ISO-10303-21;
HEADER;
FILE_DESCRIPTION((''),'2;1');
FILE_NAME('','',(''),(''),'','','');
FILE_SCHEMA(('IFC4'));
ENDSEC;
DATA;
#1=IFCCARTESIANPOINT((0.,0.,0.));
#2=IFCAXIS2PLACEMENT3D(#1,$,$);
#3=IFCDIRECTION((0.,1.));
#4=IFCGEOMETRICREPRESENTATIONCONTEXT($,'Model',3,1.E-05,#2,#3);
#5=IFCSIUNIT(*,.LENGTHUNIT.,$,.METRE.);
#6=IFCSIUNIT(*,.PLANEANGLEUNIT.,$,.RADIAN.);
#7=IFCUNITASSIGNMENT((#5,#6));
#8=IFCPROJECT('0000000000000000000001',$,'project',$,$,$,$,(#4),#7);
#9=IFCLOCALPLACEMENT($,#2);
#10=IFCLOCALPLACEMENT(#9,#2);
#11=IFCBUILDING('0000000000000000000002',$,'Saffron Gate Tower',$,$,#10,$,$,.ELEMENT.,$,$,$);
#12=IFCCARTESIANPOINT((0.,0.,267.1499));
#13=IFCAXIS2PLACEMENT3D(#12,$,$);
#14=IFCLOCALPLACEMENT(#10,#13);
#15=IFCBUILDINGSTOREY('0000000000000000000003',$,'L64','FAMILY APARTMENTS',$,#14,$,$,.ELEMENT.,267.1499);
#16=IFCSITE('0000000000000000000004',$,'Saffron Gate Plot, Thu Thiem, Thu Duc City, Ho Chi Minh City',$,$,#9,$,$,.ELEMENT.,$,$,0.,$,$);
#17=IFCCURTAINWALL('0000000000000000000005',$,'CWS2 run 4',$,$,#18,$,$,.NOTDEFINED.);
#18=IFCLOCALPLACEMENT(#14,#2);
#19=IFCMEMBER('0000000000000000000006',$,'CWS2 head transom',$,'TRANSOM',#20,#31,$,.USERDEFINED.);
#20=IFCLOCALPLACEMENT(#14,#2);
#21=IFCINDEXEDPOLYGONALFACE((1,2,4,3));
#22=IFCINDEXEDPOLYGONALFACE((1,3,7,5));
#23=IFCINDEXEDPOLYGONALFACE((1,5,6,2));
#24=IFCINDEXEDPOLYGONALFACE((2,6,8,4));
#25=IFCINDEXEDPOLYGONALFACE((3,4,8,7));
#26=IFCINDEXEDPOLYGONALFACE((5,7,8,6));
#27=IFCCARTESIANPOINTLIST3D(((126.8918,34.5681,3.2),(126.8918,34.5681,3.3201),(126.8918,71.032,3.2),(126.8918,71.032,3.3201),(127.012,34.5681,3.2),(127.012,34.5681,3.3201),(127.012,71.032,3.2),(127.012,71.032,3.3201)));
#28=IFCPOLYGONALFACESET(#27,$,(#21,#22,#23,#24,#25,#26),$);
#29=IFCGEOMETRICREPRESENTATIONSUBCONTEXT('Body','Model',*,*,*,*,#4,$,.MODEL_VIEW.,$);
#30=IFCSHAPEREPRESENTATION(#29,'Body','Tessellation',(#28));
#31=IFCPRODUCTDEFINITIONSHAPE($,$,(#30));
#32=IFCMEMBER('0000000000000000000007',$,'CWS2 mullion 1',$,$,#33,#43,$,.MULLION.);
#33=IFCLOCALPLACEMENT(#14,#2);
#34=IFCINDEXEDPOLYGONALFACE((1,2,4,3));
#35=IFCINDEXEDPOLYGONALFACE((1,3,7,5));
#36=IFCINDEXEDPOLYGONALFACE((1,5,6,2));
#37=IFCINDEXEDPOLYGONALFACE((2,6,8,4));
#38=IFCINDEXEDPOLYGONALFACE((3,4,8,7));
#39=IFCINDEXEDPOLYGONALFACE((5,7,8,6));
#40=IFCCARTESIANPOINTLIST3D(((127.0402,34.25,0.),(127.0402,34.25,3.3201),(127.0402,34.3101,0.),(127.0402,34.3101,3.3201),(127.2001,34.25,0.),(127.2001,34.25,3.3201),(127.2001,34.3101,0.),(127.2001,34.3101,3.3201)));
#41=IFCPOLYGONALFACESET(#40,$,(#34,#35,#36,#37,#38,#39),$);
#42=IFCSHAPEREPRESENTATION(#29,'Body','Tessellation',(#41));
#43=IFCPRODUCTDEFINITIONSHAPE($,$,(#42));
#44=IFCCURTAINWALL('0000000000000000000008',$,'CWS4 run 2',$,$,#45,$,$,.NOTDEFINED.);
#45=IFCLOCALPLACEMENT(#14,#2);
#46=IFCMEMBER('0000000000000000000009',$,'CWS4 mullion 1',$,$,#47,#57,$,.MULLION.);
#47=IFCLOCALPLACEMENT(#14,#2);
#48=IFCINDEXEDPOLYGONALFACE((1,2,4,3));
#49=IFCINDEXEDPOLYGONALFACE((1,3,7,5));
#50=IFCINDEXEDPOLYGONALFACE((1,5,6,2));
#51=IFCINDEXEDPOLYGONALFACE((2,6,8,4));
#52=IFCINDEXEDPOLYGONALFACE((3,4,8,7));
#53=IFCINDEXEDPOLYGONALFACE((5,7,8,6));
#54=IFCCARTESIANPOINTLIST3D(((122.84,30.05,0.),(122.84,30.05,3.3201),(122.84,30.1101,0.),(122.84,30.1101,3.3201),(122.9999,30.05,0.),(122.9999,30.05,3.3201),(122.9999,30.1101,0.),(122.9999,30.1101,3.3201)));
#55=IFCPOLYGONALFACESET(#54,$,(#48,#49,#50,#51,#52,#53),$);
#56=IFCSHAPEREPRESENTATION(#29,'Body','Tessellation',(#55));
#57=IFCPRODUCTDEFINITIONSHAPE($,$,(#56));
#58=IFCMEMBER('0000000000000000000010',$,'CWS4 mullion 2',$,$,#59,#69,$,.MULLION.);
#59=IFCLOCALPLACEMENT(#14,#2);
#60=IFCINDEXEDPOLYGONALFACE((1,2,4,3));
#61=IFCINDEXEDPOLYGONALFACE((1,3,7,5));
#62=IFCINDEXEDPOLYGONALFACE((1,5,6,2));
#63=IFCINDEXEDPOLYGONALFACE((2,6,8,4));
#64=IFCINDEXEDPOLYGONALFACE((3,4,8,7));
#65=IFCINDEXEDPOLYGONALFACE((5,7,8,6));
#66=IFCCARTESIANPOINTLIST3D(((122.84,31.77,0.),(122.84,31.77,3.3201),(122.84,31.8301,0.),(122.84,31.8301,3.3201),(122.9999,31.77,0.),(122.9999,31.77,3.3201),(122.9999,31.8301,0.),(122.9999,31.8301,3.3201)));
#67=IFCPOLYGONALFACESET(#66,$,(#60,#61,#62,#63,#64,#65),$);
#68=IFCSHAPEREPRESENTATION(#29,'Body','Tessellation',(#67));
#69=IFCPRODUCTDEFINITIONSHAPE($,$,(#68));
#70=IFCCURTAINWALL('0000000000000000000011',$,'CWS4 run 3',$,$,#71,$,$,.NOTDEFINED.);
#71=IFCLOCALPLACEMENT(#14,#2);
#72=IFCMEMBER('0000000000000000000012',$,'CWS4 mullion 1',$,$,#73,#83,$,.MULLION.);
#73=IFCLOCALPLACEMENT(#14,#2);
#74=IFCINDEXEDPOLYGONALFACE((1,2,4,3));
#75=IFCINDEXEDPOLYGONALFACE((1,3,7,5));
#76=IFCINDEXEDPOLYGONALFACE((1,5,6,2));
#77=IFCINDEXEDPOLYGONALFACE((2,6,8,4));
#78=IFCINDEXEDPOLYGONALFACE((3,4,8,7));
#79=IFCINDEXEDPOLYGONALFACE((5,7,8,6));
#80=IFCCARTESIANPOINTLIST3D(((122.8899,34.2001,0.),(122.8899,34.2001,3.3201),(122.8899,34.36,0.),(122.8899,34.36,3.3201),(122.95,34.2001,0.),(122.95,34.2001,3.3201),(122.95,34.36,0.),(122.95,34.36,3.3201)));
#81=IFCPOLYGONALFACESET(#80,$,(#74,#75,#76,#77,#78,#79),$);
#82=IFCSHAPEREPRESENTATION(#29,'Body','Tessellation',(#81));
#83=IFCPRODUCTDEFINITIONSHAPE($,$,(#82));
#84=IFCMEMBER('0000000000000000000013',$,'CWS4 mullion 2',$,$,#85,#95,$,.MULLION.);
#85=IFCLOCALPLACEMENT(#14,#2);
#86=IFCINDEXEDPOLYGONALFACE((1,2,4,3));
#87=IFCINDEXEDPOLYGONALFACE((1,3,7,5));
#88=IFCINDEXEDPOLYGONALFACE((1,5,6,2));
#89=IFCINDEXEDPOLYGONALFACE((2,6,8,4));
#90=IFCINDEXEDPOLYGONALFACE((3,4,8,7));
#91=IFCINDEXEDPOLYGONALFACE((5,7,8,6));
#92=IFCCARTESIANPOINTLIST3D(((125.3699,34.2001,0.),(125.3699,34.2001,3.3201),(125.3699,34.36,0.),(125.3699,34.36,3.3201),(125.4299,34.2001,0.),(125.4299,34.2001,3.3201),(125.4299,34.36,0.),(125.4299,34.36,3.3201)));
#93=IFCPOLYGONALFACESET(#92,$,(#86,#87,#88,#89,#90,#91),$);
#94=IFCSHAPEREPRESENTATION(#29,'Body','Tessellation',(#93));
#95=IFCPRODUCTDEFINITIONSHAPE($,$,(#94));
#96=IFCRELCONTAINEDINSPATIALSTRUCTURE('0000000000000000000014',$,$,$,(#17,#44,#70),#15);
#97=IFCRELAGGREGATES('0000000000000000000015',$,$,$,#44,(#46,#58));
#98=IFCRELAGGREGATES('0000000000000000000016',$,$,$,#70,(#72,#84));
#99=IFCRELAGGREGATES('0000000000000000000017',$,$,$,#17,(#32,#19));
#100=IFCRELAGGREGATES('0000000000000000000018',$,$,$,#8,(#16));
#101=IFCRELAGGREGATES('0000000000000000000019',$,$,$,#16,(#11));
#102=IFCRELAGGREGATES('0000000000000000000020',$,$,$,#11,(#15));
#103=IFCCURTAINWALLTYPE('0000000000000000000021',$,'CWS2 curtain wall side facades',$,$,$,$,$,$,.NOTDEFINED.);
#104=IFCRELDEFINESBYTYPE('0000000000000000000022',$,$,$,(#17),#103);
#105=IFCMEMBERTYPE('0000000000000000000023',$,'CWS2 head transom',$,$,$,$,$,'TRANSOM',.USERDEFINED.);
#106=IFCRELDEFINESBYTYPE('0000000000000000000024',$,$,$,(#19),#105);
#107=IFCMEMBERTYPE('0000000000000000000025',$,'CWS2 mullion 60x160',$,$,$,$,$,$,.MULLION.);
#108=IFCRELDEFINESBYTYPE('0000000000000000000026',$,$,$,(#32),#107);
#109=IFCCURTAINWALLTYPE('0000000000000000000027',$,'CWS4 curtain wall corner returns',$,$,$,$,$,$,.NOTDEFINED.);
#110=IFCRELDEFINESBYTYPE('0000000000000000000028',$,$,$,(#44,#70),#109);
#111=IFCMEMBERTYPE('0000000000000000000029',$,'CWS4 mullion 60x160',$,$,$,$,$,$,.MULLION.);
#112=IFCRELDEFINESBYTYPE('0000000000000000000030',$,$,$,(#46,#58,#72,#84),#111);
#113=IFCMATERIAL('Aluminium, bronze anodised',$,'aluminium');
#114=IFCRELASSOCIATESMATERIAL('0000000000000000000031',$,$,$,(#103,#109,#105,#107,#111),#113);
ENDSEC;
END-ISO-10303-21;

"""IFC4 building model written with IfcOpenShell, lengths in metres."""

from ifc_helpers import new_model, si_unit, direction, frame, origin, origin_2d, place, context, subcontext, project, spatial, rectangle, extrude, material, material_profile, profile_set, type_object, element, aggregate, save


model = new_model("IFC4")

# Units and contexts
model_context = context("Model", 3, precision=1e-05, world=origin(), true_north=direction((0.0, 1.0)))
body_context = subcontext(model_context, "Body", "Model", "MODEL_VIEW")
ifc_project = project(units=[si_unit("LENGTHUNIT", "METRE"), si_unit("PLANEANGLEUNIT", "RADIAN")], contexts=[model_context])

# Site, building, storey
site_placement = place(None, origin())
site = spatial("IfcSite", under=ifc_project, at=site_placement, Name="Saffron Gate Plot, Thu Thiem, Thu Duc City, Ho Chi Minh City", CompositionType="ELEMENT", RefElevation=0.0)
building_placement = place(site_placement, origin())
building = spatial("IfcBuilding", under=site, at=building_placement, Name="Saffron Gate Tower", CompositionType="ELEMENT")
storey_placement = place(building_placement, frame((0.0, 0.0, 267.1499)))
storey = spatial("IfcBuildingStorey", under=building, at=storey_placement, Name="L64", Description="FAMILY APARTMENTS", CompositionType="ELEMENT", Elevation=267.1499)

# Curtain walls, members
ifc_material_1 = material(Name="Aluminium, bronze anodised", Category="aluminium")
curtain_wall_type_1 = type_object("IfcCurtainWallType", Name="CWS2 curtain wall side facades", PredefinedType="NOTDEFINED", material=ifc_material_1)
curtain_wall_1_placement = place(storey_placement, origin())
curtain_wall_1 = element("IfcCurtainWall", 1, at=curtain_wall_1_placement, inside=storey, type_object=curtain_wall_type_1, Name="CWS2 run 4", PredefinedType="NOTDEFINED")
ifc_material_profile_1 = material_profile(ifc_material_1, rectangle(XDim=0.1201, YDim=0.1201, at=origin_2d()))
ifc_profile_set_1 = profile_set([ifc_material_profile_1], Name="Aluminium, bronze anodised")
member_type_1 = type_object("IfcMemberType", Name="CWS2 head transom", ElementType="TRANSOM", PredefinedType="USERDEFINED", material=ifc_profile_set_1)
member_1_placement = place(storey_placement, frame((126.9519, 34.5681, 3.26), z_axis=(0.0, 1.0, 0.0), x_axis=(-1.0, 0.0, 0.0)))
member_1 = element("IfcMember", 2, at=member_1_placement, type_object=member_type_1, Name="CWS2 head transom", ObjectType="TRANSOM", PredefinedType="USERDEFINED", context=body_context, shape_type="SweptSolid", body=[
    extrude(rectangle(XDim=0.1201, YDim=0.1201, at=origin_2d()), origin(), (0.0, 0.0, 1.0), 36.4639),
])
ifc_material_profile_2 = material_profile(ifc_material_1, rectangle(XDim=0.1599, YDim=0.0601, at=origin_2d()))
ifc_profile_set_2 = profile_set([ifc_material_profile_2], Name="Aluminium, bronze anodised")
member_type_2 = type_object("IfcMemberType", Name="CWS2 mullion 60x160", PredefinedType="MULLION", material=ifc_profile_set_2)
member_2_placement = place(storey_placement, frame((127.1201, 34.28, 0.0), z_axis=(0.0, 0.0, 1.0), x_axis=(-1.0, 0.0, 0.0)))
member_2 = element("IfcMember", 3, at=member_2_placement, type_object=member_type_2, Name="CWS2 mullion 1", PredefinedType="MULLION", context=body_context, shape_type="SweptSolid", body=[
    extrude(rectangle(XDim=0.1599, YDim=0.0601, at=origin_2d()), origin(), (0.0, 0.0, 1.0), 3.3201),
])
curtain_wall_type_2 = type_object("IfcCurtainWallType", Name="CWS4 curtain wall corner returns", PredefinedType="NOTDEFINED", material=ifc_material_1)
curtain_wall_2_placement = place(storey_placement, origin())
curtain_wall_2 = element("IfcCurtainWall", 4, at=curtain_wall_2_placement, inside=storey, type_object=curtain_wall_type_2, Name="CWS4 run 2", PredefinedType="NOTDEFINED")
ifc_material_profile_3 = material_profile(ifc_material_1, rectangle(XDim=0.1599, YDim=0.0601, at=origin_2d()))
ifc_profile_set_3 = profile_set([ifc_material_profile_3], Name="Aluminium, bronze anodised")
member_type_3 = type_object("IfcMemberType", Name="CWS4 mullion 60x160", PredefinedType="MULLION", material=ifc_profile_set_3)
member_3_placement = place(storey_placement, frame((122.9199, 30.0801, 0.0), z_axis=(0.0, 0.0, 1.0), x_axis=(-1.0, 0.0, 0.0)))
member_3 = element("IfcMember", 5, at=member_3_placement, type_object=member_type_3, Name="CWS4 mullion 1", PredefinedType="MULLION", context=body_context, shape_type="SweptSolid", body=[
    extrude(rectangle(XDim=0.1599, YDim=0.0601, at=origin_2d()), origin(), (0.0, 0.0, 1.0), 3.3201),
])
member_4_placement = place(storey_placement, frame((122.9199, 31.8, 0.0), z_axis=(0.0, 0.0, 1.0), x_axis=(-1.0, 0.0, 0.0)))
member_4 = element("IfcMember", 6, at=member_4_placement, type_object=member_type_3, Name="CWS4 mullion 2", PredefinedType="MULLION", context=body_context, shape_type="SweptSolid", body=[
    extrude(rectangle(XDim=0.1599, YDim=0.0601, at=origin_2d()), origin(), (0.0, 0.0, 1.0), 3.3201),
])
aggregate(curtain_wall_2, [member_3, member_4])
curtain_wall_3_placement = place(storey_placement, origin())
curtain_wall_3 = element("IfcCurtainWall", 7, at=curtain_wall_3_placement, inside=storey, type_object=curtain_wall_type_2, Name="CWS4 run 3", PredefinedType="NOTDEFINED")
member_5_placement = place(storey_placement, frame((122.9199, 34.28, 0.0), z_axis=(0.0, 0.0, 1.0), x_axis=(0.0, 1.0, 0.0)))
member_5 = element("IfcMember", 8, at=member_5_placement, type_object=member_type_3, Name="CWS4 mullion 1", PredefinedType="MULLION", context=body_context, shape_type="SweptSolid", body=[
    extrude(rectangle(XDim=0.1599, YDim=0.0601, at=origin_2d()), origin(), (0.0, 0.0, 1.0), 3.3201),
])
member_6_placement = place(storey_placement, frame((125.3999, 34.28, 0.0), z_axis=(0.0, 0.0, 1.0), x_axis=(0.0, 1.0, 0.0)))
member_6 = element("IfcMember", 9, at=member_6_placement, type_object=member_type_3, Name="CWS4 mullion 2", PredefinedType="MULLION", context=body_context, shape_type="SweptSolid", body=[
    extrude(rectangle(XDim=0.1599, YDim=0.0601, at=origin_2d()), origin(), (0.0, 0.0, 1.0), 3.3201),
])
aggregate(curtain_wall_3, [member_5, member_6])

aggregate(curtain_wall_1, [member_2, member_1])

save(model, "model.ifc")
